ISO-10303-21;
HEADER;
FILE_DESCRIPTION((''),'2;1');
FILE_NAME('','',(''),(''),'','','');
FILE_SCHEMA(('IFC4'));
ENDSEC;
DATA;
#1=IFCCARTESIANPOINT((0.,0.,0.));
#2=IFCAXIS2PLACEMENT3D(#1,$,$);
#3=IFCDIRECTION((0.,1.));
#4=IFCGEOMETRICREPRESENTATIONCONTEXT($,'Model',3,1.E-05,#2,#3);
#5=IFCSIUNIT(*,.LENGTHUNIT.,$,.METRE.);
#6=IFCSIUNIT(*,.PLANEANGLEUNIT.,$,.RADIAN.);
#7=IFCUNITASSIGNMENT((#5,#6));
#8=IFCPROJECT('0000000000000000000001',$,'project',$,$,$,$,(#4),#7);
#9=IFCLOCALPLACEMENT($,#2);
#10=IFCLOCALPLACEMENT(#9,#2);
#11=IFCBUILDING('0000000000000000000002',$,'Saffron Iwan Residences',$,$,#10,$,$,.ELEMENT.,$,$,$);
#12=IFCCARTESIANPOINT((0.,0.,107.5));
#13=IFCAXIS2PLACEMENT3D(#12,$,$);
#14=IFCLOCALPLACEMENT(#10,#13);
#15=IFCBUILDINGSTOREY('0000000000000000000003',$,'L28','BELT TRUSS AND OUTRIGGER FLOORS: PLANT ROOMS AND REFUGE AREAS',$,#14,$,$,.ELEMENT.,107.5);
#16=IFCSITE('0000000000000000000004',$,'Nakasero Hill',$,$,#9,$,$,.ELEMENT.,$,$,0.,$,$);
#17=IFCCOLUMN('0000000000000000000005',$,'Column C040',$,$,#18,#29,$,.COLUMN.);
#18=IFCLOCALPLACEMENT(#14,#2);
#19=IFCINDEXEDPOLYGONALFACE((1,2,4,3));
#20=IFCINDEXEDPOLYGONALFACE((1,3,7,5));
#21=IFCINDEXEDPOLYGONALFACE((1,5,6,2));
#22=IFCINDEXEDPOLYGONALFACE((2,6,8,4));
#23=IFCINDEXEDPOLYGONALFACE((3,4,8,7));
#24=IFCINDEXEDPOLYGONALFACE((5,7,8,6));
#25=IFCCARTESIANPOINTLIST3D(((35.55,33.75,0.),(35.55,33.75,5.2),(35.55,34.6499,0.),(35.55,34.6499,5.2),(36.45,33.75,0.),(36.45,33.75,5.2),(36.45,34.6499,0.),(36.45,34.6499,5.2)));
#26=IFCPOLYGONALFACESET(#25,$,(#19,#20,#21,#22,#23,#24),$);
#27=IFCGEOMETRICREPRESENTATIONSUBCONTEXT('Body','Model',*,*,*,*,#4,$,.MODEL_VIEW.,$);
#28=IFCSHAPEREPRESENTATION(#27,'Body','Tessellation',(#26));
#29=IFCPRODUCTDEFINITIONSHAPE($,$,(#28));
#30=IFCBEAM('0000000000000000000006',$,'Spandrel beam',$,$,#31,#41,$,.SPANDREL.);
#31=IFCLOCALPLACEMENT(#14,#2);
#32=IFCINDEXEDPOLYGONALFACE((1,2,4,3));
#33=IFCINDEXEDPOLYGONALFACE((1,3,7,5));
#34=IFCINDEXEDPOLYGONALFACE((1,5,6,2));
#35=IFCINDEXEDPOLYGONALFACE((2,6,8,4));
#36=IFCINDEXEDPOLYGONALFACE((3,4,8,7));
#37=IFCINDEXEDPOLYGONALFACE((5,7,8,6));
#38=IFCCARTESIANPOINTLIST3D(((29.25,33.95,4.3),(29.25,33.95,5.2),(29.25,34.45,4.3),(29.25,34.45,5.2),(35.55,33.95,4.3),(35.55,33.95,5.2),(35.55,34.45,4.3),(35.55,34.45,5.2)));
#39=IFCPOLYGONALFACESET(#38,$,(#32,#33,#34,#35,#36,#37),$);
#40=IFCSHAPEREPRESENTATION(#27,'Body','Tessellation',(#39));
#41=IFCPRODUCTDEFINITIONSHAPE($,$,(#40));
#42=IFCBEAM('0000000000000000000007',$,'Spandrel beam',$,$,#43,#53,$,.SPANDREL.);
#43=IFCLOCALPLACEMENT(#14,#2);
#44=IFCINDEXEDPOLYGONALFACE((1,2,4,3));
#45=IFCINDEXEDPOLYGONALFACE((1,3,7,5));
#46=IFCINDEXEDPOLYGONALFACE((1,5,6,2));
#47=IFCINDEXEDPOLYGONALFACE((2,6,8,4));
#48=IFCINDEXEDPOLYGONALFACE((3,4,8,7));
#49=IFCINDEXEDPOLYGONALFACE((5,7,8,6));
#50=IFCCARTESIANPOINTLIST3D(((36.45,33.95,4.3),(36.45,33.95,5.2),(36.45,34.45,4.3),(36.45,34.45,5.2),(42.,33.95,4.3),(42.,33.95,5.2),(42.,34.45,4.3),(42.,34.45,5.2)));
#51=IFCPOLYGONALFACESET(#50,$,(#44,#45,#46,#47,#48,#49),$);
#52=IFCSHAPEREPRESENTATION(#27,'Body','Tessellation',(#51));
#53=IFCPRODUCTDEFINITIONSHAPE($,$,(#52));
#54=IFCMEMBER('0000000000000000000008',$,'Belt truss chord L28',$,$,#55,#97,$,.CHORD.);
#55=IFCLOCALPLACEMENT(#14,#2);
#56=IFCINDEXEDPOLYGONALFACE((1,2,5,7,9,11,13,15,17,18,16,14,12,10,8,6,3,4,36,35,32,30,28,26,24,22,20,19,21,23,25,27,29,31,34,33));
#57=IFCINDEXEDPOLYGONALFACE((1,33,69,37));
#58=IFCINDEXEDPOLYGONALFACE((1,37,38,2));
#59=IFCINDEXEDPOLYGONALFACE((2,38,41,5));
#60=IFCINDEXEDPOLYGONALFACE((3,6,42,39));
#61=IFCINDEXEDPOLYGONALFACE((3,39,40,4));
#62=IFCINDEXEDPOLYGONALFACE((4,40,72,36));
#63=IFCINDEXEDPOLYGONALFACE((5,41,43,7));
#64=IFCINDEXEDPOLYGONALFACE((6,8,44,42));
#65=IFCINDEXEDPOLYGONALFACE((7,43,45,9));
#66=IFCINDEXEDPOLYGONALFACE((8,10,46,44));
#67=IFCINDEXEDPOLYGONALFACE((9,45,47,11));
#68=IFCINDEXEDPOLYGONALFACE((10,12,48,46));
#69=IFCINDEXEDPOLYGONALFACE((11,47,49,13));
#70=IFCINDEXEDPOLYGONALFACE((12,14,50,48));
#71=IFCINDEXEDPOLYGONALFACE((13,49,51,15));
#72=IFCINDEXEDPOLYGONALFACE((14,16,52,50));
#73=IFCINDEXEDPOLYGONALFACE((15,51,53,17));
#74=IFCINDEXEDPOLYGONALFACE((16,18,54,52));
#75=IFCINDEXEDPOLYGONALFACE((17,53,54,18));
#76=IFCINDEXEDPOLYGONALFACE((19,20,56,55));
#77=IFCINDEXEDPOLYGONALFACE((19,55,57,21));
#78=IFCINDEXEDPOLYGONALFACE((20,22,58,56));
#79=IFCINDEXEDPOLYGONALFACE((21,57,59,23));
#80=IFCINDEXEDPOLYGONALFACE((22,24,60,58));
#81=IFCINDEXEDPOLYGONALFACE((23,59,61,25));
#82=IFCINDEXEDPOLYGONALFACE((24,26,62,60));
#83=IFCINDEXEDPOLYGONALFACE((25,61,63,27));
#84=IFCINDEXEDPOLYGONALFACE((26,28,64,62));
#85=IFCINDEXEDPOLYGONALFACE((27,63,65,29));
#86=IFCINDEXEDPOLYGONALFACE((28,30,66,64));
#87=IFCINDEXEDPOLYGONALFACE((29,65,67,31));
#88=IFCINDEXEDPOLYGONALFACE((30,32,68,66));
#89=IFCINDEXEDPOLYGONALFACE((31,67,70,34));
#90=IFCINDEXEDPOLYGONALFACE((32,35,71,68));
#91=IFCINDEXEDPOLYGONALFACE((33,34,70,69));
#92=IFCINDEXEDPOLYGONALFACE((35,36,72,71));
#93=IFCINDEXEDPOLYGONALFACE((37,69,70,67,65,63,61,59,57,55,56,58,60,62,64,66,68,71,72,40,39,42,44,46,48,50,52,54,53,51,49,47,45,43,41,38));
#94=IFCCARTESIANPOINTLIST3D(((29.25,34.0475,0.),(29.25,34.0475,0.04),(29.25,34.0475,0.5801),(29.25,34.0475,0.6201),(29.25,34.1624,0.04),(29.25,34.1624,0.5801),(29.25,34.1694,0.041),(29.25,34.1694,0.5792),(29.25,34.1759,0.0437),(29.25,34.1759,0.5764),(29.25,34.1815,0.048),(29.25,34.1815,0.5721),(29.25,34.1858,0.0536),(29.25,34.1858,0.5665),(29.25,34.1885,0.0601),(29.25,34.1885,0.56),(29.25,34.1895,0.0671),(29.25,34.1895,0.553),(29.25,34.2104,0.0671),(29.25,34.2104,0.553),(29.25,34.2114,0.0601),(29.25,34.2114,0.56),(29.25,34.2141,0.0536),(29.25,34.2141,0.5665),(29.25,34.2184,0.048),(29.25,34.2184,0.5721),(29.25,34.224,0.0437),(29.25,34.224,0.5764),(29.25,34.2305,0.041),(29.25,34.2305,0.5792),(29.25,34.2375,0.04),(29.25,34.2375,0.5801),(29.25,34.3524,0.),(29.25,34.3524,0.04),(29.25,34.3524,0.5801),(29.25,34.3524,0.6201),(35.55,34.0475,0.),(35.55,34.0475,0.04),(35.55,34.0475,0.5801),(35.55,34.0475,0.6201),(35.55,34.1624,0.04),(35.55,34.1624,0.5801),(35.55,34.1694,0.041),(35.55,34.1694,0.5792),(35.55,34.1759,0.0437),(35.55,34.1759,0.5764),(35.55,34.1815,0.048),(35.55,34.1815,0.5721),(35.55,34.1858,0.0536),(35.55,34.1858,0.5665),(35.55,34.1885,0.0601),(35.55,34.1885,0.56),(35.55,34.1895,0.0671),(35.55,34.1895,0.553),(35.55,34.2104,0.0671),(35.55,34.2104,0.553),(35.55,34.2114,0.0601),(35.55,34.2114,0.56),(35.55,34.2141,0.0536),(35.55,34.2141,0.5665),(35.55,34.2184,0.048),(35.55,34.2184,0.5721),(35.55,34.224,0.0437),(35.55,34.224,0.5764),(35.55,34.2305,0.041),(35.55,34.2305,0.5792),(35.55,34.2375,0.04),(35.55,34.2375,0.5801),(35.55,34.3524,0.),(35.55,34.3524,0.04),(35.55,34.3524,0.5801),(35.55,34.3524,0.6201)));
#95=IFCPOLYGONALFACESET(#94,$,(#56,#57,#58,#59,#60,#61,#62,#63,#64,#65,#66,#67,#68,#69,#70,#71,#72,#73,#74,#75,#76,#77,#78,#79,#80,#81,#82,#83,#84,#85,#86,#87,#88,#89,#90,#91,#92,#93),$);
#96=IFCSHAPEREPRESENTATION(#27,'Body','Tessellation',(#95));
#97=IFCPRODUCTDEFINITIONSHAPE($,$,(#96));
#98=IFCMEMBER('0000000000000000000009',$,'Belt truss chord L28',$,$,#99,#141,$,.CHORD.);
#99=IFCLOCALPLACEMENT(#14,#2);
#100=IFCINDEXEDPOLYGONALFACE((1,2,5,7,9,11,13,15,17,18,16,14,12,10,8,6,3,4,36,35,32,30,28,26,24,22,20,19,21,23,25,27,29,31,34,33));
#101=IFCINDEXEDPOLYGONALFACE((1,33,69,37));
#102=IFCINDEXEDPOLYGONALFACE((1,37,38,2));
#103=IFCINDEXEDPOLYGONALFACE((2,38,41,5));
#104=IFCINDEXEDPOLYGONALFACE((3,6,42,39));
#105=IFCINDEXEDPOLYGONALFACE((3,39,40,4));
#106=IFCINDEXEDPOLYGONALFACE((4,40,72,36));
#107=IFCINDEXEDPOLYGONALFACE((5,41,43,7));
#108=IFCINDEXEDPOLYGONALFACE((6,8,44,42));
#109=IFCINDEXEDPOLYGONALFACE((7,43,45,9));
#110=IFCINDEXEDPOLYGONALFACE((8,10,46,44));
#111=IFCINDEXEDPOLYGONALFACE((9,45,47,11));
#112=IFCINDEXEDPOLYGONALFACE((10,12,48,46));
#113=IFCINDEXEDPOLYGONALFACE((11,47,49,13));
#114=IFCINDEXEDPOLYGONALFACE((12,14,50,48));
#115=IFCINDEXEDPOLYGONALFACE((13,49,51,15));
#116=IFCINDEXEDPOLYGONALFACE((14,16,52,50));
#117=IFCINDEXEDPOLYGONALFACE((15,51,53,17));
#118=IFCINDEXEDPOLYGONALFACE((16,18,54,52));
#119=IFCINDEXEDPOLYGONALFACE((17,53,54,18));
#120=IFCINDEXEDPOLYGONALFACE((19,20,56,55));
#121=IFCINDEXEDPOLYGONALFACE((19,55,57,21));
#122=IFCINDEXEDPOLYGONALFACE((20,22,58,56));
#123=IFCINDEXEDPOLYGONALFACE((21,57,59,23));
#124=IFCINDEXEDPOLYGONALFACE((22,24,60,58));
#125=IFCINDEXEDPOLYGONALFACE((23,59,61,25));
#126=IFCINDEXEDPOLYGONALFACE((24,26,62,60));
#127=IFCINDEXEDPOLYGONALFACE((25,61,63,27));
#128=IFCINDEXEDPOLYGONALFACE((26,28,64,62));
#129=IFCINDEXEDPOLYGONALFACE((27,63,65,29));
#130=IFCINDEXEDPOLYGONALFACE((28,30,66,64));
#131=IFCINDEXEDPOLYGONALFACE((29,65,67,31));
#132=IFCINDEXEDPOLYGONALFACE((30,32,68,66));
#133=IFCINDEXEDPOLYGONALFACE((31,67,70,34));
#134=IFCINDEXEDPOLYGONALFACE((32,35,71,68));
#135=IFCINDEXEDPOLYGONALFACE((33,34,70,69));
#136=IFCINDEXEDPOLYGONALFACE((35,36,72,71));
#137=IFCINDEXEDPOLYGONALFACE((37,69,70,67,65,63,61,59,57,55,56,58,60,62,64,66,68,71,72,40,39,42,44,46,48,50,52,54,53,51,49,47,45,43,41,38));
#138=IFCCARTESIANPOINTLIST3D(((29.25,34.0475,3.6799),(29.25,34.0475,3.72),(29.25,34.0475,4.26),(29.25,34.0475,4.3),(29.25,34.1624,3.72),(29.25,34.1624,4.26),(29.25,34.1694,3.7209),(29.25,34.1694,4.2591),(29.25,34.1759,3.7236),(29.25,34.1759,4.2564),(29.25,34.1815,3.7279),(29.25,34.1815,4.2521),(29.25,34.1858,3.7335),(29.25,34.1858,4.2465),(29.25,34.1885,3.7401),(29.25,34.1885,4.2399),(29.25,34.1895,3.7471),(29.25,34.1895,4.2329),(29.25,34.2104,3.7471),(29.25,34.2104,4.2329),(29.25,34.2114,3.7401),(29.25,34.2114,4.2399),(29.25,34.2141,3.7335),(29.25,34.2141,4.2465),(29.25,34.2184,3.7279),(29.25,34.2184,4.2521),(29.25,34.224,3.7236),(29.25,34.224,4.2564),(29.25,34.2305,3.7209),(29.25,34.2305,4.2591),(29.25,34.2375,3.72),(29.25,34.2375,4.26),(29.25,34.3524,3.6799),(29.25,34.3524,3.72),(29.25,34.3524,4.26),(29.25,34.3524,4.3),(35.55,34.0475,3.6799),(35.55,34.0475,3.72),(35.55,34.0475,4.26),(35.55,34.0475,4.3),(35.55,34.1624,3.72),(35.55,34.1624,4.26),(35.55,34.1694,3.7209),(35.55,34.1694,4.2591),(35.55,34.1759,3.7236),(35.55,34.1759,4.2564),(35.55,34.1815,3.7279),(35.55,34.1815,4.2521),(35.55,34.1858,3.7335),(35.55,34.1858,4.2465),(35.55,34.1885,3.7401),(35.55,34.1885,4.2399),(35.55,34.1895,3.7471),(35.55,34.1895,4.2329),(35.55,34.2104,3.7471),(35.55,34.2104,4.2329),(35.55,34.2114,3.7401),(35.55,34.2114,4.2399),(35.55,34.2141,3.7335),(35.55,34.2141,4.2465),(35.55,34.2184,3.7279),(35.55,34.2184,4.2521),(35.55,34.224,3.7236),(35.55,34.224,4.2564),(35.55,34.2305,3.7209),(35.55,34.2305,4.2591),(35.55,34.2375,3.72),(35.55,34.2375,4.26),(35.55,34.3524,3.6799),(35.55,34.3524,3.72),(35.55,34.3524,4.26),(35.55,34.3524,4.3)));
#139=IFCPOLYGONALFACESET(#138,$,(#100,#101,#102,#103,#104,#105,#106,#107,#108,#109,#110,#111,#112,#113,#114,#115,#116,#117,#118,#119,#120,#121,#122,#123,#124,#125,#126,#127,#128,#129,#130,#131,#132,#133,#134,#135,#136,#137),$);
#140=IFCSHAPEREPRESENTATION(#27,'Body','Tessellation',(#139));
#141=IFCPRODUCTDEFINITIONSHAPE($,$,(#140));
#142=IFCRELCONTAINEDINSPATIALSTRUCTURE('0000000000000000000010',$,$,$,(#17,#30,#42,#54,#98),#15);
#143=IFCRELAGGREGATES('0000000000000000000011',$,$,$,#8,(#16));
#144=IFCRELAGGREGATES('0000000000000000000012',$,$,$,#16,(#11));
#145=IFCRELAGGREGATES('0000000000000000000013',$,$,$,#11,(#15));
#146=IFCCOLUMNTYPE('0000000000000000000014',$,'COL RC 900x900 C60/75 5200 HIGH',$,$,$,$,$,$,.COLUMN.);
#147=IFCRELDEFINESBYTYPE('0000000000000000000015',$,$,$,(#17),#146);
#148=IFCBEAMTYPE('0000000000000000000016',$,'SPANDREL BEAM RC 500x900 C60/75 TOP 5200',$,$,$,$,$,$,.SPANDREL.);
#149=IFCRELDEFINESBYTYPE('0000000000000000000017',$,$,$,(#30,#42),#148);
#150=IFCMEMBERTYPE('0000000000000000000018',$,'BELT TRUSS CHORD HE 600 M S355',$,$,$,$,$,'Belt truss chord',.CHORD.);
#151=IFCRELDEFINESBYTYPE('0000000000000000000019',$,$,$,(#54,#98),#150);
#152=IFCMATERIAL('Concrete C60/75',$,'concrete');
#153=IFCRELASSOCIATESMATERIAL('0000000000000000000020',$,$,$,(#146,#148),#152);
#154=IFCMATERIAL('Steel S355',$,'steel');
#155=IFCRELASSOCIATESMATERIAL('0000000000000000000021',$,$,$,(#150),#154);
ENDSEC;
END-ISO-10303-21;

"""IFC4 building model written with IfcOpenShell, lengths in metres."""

from ifc_helpers import new_model, si_unit, direction, frame, origin, origin_2d, place, context, subcontext, project, spatial, rectangle, i_section, extrude, source, transform, mapped, material, material_profile, profile_set, type_object, element, save


model = new_model("IFC4")

# Units and contexts
model_context = context("Model", 3, precision=1e-05, world=origin(), true_north=direction((0.0, 1.0)))
body_context = subcontext(model_context, "Body", "Model", "MODEL_VIEW")
ifc_project = project(units=[si_unit("LENGTHUNIT", "METRE"), si_unit("PLANEANGLEUNIT", "RADIAN")], contexts=[model_context])

# Site, building, storey
site_placement = place(None, origin())
site = spatial("IfcSite", under=ifc_project, at=site_placement, Name="Nakasero Hill", CompositionType="ELEMENT", RefElevation=0.0)
building_placement = place(site_placement, origin())
building = spatial("IfcBuilding", under=site, at=building_placement, Name="Saffron Iwan Residences", CompositionType="ELEMENT")
storey_placement = place(building_placement, frame((0.0, 0.0, 107.5)))
storey = spatial("IfcBuildingStorey", under=building, at=storey_placement, Name="L28", Description="BELT TRUSS AND OUTRIGGER FLOORS: PLANT ROOMS AND REFUGE AREAS", CompositionType="ELEMENT", Elevation=107.5)

# Column
ifc_material_1 = material(Name="Concrete C60/75", Category="concrete")
ifc_material_profile_1 = material_profile(ifc_material_1, rectangle(XDim=0.8999, YDim=0.8999, at=origin_2d()), Name="RC 900x900")
ifc_profile_set_1 = profile_set([ifc_material_profile_1], Name="Concrete C60/75")
column_type = type_object("IfcColumnType", Name="COL RC 900x900 C60/75 5200 HIGH", PredefinedType="COLUMN", material=ifc_profile_set_1)
shared_shape_1 = source(origin(), body_context, "Body", "SweptSolid", [
    extrude(rectangle(XDim=0.8999, YDim=0.8999, at=origin_2d()), origin(), (0.0, 0.0, 1.0), 5.2),
])
column_placement = place(storey_placement, frame((36.0, 34.2, 0.0), z_axis=(0.0, 0.0, 1.0), x_axis=(1.0, 0.0, 0.0)))
element("IfcColumn", 1, at=column_placement, inside=storey, type_object=column_type, Name="Column C040", PredefinedType="COLUMN", context=body_context, shape_type="MappedRepresentation", body=[
    mapped(shared_shape_1, transform((0.0, 0.0, 0.0))),
])

# Beams
ifc_material_profile_2 = material_profile(ifc_material_1, rectangle(XDim=0.5, YDim=0.8999, at=origin_2d()), Name="RC 500x900")
ifc_profile_set_2 = profile_set([ifc_material_profile_2], Name="Concrete C60/75")
beam_type = type_object("IfcBeamType", Name="SPANDREL BEAM RC 500x900 C60/75 TOP 5200", PredefinedType="SPANDREL", material=ifc_profile_set_2)
shared_shape_2 = source(origin(), body_context, "Body", "SweptSolid", [
    extrude(rectangle(XDim=0.5, YDim=0.8999, at=origin_2d()), origin(), (0.0, 0.0, 1.0), 6.3),
])
beam_1_placement = place(storey_placement, frame((35.55, 34.2, 4.75), z_axis=(-1.0, 0.0, 0.0), x_axis=(0.0, -1.0, 0.0)))
element("IfcBeam", 2, at=beam_1_placement, inside=storey, type_object=beam_type, Name="Spandrel beam", PredefinedType="SPANDREL", context=body_context, shape_type="MappedRepresentation", body=[
    mapped(shared_shape_2, transform((0.0, 0.0, 0.0))),
])
shared_shape_3 = source(origin(), body_context, "Body", "SweptSolid", [
    extrude(rectangle(XDim=0.5, YDim=0.8999, at=origin_2d()), origin(), (0.0, 0.0, 1.0), 5.55),
])
beam_2_placement = place(storey_placement, frame((42.0, 34.2, 4.75), z_axis=(-1.0, 0.0, 0.0), x_axis=(0.0, -1.0, 0.0)))
element("IfcBeam", 3, at=beam_2_placement, inside=storey, type_object=beam_type, Name="Spandrel beam", PredefinedType="SPANDREL", context=body_context, shape_type="MappedRepresentation", body=[
    mapped(shared_shape_3, transform((0.0, 0.0, 0.0))),
])

# Members
ifc_material_2 = material(Name="Steel S355", Category="steel")
ifc_material_profile_3 = material_profile(ifc_material_2, i_section(OverallWidth=0.3049, OverallDepth=0.6201, WebThickness=0.021, FlangeThickness=0.04, FilletRadius=0.0271, at=origin_2d()), Name="HE 600 M")
ifc_profile_set_3 = profile_set([ifc_material_profile_3], Name="Steel S355")
member_type_1 = type_object("IfcMemberType", Name="BELT TRUSS CHORD HE 600 M S355", ElementType="Belt truss chord", PredefinedType="CHORD", material=ifc_profile_set_3)
shared_shape_4 = source(origin(), body_context, "Body", "SweptSolid", [
    extrude(i_section(OverallWidth=0.3049, OverallDepth=0.6201, WebThickness=0.021, FlangeThickness=0.04, FilletRadius=0.0271, at=origin_2d()), origin(), (0.0, 0.0, 1.0), 6.3),
])
for number, where, z_axis, x_axis, name in (
    (4, (35.55, 34.2, 0.3101), (-1.0, 0.0, 0.0), (0.0, -1.0, 0.0), "Belt truss chord L28"),
    (5, (35.55, 34.2, 3.99), (-1.0, 0.0, 0.0), (0.0, -1.0, 0.0), "Belt truss chord L28"),
):
    element("IfcMember", number, at=place(storey_placement, frame(where, z_axis=z_axis, x_axis=x_axis)), inside=storey, type_object=member_type_1, Name=name, PredefinedType="CHORD", context=body_context, shape_type="MappedRepresentation", body=[
        mapped(shared_shape_4, transform((0.0, 0.0, 0.0))),
    ])

save(model, "model.ifc")
